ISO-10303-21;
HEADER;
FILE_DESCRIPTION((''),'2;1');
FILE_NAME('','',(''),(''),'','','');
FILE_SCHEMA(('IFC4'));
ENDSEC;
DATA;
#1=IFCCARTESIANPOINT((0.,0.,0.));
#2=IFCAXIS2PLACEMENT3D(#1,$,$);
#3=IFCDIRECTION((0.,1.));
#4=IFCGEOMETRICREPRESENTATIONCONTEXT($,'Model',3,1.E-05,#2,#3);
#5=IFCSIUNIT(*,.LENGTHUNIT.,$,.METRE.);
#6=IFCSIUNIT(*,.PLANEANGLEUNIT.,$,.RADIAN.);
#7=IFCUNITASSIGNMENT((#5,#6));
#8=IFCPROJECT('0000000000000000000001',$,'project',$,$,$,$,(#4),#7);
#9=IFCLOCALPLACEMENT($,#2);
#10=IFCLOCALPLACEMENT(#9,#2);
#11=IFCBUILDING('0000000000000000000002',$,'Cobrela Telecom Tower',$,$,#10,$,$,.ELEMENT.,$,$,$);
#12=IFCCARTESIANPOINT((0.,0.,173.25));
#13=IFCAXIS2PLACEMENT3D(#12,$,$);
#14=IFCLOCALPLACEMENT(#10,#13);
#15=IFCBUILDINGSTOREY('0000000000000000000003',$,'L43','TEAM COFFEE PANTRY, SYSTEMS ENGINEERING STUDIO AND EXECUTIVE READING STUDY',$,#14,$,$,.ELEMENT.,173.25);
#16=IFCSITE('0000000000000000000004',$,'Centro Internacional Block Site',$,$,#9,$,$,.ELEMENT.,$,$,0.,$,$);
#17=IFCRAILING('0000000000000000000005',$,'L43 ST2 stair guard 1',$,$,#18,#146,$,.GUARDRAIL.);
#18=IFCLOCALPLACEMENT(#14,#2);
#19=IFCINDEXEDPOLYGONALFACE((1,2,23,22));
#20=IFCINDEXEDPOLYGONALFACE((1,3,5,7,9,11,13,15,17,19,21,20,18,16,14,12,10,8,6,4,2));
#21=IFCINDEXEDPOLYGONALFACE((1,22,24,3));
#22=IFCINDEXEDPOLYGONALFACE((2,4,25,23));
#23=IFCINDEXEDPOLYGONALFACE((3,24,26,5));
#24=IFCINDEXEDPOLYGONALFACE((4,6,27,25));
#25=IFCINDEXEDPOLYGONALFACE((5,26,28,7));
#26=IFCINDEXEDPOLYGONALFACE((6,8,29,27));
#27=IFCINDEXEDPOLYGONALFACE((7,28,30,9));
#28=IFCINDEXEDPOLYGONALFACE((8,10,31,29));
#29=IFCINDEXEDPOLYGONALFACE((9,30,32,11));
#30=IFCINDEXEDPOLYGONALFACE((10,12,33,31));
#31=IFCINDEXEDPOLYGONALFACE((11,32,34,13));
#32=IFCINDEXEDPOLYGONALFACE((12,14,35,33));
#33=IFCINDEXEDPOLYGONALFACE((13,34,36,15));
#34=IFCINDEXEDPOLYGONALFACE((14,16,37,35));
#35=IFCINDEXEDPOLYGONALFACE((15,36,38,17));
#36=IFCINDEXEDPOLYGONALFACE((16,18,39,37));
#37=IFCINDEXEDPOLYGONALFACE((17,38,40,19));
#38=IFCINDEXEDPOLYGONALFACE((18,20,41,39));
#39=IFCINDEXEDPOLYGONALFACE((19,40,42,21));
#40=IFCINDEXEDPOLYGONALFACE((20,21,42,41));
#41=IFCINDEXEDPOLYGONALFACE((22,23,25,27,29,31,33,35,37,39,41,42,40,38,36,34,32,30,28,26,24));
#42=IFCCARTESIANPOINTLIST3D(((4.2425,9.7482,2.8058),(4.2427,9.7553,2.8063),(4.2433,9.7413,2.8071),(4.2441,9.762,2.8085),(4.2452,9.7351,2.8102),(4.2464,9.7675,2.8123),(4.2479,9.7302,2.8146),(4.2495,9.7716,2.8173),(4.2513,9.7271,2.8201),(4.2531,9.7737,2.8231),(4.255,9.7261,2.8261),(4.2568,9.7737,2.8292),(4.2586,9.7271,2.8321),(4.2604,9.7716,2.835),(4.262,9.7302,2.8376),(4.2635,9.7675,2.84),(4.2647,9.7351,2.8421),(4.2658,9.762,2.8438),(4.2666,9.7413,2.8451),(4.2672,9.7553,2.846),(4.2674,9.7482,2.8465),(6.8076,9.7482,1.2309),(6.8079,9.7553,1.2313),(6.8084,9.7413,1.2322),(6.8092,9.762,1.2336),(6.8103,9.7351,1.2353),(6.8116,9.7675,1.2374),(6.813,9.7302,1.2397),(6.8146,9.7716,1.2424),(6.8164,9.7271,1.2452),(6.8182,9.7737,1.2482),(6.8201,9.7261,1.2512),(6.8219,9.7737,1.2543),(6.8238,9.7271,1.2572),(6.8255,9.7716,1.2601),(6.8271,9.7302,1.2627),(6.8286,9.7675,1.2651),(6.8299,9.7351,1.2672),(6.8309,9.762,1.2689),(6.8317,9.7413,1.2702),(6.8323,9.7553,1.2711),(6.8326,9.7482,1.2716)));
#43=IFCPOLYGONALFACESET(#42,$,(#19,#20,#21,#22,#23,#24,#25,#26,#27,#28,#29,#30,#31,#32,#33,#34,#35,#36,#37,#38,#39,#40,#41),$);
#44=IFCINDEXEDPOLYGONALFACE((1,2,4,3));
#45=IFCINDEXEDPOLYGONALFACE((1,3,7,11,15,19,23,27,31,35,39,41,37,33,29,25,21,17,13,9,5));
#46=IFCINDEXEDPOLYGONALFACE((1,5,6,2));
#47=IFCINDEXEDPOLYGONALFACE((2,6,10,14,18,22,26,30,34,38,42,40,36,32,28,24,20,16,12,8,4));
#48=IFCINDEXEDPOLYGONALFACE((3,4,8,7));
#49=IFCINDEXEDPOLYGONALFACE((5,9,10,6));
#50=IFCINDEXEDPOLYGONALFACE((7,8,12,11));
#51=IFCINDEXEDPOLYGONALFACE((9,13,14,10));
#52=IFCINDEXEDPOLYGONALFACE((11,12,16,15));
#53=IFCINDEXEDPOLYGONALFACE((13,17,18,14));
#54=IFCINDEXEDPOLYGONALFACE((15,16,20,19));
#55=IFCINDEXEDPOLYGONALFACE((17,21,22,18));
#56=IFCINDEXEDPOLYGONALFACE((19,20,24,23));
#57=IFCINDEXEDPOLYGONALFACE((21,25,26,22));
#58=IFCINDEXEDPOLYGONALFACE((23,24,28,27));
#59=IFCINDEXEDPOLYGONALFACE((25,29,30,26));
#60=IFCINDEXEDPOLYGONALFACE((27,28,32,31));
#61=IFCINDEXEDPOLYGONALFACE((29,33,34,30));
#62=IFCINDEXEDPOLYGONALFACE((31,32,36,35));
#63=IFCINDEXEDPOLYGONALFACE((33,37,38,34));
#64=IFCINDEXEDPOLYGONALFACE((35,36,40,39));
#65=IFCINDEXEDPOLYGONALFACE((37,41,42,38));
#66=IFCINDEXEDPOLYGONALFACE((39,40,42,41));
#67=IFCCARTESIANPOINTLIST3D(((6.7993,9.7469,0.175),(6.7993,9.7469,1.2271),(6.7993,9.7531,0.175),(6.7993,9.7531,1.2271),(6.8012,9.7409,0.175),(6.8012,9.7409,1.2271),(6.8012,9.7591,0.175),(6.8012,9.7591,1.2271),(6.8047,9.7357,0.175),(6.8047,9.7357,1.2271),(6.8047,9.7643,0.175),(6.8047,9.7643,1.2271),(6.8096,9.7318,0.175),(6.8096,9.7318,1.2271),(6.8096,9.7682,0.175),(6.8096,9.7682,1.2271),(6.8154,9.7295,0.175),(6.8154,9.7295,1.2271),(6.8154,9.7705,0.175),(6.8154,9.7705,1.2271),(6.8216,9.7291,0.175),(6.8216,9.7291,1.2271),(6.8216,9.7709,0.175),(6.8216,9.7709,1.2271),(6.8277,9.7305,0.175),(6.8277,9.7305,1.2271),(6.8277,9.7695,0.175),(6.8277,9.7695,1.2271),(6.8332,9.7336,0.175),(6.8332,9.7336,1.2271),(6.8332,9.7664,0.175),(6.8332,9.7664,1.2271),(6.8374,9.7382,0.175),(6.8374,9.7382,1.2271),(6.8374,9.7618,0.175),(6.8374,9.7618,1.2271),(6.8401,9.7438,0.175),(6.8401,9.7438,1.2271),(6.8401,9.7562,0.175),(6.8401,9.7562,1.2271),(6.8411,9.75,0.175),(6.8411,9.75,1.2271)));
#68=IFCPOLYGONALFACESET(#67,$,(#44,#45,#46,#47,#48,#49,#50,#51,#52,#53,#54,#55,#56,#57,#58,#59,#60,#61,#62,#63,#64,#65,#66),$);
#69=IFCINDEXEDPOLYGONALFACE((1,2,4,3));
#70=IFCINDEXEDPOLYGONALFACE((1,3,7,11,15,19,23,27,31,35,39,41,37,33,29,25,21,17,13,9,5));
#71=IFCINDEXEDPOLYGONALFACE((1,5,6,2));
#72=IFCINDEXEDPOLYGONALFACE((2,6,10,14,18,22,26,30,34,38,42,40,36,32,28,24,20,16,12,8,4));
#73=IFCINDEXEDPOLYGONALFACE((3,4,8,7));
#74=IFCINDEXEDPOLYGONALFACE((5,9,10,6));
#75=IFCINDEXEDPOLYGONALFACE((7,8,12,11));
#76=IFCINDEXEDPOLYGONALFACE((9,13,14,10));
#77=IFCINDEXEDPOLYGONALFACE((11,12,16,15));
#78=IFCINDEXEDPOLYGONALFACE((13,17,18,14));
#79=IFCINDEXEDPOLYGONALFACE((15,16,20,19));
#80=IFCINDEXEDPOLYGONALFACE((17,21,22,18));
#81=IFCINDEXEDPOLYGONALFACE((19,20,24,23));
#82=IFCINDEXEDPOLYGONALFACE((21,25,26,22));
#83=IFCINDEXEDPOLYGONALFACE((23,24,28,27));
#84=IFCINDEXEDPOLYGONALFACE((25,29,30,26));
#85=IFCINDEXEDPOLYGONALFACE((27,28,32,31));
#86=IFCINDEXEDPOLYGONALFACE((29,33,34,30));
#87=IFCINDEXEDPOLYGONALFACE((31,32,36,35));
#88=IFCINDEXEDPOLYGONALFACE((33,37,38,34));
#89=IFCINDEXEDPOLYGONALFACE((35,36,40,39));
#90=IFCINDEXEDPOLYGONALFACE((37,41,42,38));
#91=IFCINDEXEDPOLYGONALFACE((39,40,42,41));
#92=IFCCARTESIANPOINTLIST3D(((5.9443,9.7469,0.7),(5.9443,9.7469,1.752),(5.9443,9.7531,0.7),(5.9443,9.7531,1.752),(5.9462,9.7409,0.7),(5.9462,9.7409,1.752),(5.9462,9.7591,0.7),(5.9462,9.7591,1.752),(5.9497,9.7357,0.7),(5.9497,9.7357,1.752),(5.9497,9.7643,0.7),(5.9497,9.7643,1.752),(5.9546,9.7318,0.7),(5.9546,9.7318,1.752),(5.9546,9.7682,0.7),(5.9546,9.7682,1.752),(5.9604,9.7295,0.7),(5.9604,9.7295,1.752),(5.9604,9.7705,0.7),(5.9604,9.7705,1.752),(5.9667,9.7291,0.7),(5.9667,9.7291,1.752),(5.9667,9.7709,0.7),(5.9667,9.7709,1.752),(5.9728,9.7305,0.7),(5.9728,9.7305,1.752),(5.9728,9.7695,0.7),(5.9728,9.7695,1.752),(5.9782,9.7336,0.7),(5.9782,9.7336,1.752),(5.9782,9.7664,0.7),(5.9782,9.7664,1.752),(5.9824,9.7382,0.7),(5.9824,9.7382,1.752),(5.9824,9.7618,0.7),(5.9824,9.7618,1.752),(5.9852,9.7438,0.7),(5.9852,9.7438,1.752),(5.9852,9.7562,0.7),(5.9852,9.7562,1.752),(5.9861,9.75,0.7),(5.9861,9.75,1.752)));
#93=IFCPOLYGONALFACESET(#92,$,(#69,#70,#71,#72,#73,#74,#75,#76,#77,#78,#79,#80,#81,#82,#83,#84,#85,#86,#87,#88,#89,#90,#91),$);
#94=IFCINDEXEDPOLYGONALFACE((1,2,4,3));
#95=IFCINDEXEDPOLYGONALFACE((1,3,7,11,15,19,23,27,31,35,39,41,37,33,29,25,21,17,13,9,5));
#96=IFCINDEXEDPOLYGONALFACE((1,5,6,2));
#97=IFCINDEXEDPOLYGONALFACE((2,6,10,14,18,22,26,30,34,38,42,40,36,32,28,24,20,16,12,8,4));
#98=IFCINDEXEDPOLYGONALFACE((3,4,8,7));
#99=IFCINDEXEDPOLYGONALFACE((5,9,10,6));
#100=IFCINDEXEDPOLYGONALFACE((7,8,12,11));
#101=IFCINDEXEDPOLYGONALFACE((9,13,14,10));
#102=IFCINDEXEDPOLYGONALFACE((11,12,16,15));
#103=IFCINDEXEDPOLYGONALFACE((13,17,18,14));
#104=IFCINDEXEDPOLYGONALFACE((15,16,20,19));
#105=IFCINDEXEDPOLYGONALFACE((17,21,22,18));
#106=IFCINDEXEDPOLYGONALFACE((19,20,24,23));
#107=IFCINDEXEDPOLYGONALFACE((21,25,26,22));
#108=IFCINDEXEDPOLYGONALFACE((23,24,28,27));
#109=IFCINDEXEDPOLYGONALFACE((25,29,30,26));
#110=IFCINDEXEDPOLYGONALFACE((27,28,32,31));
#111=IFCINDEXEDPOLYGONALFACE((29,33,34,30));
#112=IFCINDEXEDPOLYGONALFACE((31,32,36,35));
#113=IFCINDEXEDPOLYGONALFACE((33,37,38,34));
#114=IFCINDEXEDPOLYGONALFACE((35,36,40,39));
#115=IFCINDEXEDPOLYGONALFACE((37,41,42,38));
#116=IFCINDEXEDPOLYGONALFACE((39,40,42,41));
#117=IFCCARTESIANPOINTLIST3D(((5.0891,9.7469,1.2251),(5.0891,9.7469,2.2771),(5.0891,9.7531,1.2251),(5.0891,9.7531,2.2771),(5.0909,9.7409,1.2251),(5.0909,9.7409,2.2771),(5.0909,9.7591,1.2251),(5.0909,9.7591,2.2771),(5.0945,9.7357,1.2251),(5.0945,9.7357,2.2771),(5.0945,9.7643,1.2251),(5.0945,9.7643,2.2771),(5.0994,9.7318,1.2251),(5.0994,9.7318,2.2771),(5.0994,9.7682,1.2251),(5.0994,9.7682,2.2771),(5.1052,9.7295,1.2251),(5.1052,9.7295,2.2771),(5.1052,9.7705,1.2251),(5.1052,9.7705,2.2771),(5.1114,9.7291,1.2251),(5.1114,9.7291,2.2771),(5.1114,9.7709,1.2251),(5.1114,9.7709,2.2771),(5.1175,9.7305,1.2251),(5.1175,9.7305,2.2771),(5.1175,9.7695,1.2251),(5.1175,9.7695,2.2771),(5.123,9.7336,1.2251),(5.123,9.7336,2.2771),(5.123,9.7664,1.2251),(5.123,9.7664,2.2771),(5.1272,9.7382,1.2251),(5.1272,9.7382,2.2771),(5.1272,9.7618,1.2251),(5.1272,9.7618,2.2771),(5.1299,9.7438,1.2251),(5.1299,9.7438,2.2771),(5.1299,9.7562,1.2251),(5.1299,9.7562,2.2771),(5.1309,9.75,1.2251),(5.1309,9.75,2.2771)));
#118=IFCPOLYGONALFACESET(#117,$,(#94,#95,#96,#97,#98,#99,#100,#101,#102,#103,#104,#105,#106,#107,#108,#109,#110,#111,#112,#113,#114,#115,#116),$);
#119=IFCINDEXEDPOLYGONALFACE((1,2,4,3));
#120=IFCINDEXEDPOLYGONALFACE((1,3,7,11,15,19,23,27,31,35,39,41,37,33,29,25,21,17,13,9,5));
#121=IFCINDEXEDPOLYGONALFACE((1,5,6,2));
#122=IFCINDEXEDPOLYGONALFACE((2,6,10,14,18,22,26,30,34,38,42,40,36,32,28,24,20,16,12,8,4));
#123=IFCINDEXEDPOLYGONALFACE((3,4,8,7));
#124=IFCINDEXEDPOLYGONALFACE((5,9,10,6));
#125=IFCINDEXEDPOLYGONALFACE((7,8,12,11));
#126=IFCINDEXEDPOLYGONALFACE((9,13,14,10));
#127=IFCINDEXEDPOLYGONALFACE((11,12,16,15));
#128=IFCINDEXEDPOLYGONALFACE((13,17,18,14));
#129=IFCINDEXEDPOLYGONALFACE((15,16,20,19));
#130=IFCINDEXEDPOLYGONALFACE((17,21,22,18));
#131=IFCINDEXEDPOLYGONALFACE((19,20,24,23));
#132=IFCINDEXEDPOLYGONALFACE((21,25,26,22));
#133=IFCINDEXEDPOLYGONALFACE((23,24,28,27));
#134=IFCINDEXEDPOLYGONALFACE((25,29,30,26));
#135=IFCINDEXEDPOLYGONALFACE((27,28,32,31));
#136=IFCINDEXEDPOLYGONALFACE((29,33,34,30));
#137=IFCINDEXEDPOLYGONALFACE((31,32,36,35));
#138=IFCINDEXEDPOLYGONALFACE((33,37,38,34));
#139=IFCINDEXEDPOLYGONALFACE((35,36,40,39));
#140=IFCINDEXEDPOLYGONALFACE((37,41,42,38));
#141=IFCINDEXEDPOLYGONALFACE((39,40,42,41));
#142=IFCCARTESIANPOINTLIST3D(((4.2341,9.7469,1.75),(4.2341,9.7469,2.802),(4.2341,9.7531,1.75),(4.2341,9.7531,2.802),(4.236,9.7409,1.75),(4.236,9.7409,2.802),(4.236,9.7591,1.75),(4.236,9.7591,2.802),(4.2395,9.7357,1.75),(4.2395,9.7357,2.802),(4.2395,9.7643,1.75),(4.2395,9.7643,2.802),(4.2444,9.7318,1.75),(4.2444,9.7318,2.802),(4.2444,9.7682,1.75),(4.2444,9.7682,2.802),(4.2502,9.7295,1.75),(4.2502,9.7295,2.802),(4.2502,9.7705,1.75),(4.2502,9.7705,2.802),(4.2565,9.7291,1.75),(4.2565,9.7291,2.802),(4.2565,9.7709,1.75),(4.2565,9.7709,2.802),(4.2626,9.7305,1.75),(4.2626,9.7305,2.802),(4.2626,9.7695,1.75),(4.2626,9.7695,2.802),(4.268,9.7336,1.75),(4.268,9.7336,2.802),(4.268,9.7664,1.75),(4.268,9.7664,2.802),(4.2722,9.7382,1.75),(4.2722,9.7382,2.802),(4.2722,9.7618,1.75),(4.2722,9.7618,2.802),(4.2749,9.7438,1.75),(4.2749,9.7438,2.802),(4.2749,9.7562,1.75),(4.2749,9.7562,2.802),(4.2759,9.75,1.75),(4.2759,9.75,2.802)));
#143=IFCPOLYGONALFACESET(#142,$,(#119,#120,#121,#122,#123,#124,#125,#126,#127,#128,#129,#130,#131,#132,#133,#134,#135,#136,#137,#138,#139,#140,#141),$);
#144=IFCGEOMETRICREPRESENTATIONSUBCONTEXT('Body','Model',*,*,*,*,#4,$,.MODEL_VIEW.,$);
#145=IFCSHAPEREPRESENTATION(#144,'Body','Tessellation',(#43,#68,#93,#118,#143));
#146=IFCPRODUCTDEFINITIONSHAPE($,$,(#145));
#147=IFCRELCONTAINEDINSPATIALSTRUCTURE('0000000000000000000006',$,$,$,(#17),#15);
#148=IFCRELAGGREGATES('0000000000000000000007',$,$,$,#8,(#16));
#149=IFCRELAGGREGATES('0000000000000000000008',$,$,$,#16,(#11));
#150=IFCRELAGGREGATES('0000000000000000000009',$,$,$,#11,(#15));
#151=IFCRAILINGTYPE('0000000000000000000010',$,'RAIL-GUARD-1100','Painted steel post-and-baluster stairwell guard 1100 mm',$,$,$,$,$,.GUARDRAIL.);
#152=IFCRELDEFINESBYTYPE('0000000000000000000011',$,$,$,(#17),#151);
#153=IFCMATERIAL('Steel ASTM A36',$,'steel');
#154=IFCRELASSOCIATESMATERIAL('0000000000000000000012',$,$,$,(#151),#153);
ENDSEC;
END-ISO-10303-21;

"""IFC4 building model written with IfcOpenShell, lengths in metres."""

from ifc_helpers import new_model, si_unit, direction, frame, origin, origin_2d, place, context, subcontext, project, spatial, circle, extrude, material, type_object, element, save


model = new_model("IFC4")

# Units and contexts
model_context = context("Model", 3, precision=1e-05, world=origin(), true_north=direction((0.0, 1.0)))
body_context = subcontext(model_context, "Body", "Model", "MODEL_VIEW")
ifc_project = project(units=[si_unit("LENGTHUNIT", "METRE"), si_unit("PLANEANGLEUNIT", "RADIAN")], contexts=[model_context])

# Site, building, storey
site_placement = place(None, origin())
site = spatial("IfcSite", under=ifc_project, at=site_placement, Name="Centro Internacional Block Site", CompositionType="ELEMENT", RefElevation=0.0)
building_placement = place(site_placement, origin())
building = spatial("IfcBuilding", under=site, at=building_placement, Name="Cobrela Telecom Tower", CompositionType="ELEMENT")
storey_placement = place(building_placement, frame((0.0, 0.0, 173.25)))
storey = spatial("IfcBuildingStorey", under=building, at=storey_placement, Name="L43", Description="TEAM COFFEE PANTRY, SYSTEMS ENGINEERING STUDIO AND EXECUTIVE READING STUDY", CompositionType="ELEMENT", Elevation=173.25)

# Shared definitions
ifc_material_1 = material(Name="Steel ASTM A36", Category="steel")

# Railing
railing_type = type_object("IfcRailingType", Name="RAIL-GUARD-1100", Description="Painted steel post-and-baluster stairwell guard 1100 mm", PredefinedType="GUARDRAIL", material=ifc_material_1)
railing_1_placement = place(storey_placement, frame((6.8201, 9.75, 0.175)))
element("IfcRailing", 1, at=railing_1_placement, inside=storey, type_object=railing_type, Name="L43 ST2 stair guard 1", PredefinedType="GUARDRAIL", context=body_context, shape_type="SweptSolid", body=[
    extrude(circle(Radius=0.0239, at=origin_2d()), frame((0.0, 0.0, 1.0762), z_axis=(-0.852195, 0.0, 0.523224), x_axis=(0.0, -1.0, 0.0)), (0.0, 0.0, 1.0), 3.01),
    extrude(circle(Radius=0.021, at=origin_2d()), origin(), (0.0, 0.0, 1.0), 1.052),
    extrude(circle(Radius=0.021, at=origin_2d()), frame((-0.855, 0.0, 0.5249)), (0.0, 0.0, 1.0), 1.052),
    extrude(circle(Radius=0.021, at=origin_2d()), frame((-1.7102, 0.0, 1.05)), (0.0, 0.0, 1.0), 1.052),
    extrude(circle(Radius=0.021, at=origin_2d()), frame((-2.5652, 0.0, 1.575)), (0.0, 0.0, 1.0), 1.052),
])

save(model, "model.ifc")
